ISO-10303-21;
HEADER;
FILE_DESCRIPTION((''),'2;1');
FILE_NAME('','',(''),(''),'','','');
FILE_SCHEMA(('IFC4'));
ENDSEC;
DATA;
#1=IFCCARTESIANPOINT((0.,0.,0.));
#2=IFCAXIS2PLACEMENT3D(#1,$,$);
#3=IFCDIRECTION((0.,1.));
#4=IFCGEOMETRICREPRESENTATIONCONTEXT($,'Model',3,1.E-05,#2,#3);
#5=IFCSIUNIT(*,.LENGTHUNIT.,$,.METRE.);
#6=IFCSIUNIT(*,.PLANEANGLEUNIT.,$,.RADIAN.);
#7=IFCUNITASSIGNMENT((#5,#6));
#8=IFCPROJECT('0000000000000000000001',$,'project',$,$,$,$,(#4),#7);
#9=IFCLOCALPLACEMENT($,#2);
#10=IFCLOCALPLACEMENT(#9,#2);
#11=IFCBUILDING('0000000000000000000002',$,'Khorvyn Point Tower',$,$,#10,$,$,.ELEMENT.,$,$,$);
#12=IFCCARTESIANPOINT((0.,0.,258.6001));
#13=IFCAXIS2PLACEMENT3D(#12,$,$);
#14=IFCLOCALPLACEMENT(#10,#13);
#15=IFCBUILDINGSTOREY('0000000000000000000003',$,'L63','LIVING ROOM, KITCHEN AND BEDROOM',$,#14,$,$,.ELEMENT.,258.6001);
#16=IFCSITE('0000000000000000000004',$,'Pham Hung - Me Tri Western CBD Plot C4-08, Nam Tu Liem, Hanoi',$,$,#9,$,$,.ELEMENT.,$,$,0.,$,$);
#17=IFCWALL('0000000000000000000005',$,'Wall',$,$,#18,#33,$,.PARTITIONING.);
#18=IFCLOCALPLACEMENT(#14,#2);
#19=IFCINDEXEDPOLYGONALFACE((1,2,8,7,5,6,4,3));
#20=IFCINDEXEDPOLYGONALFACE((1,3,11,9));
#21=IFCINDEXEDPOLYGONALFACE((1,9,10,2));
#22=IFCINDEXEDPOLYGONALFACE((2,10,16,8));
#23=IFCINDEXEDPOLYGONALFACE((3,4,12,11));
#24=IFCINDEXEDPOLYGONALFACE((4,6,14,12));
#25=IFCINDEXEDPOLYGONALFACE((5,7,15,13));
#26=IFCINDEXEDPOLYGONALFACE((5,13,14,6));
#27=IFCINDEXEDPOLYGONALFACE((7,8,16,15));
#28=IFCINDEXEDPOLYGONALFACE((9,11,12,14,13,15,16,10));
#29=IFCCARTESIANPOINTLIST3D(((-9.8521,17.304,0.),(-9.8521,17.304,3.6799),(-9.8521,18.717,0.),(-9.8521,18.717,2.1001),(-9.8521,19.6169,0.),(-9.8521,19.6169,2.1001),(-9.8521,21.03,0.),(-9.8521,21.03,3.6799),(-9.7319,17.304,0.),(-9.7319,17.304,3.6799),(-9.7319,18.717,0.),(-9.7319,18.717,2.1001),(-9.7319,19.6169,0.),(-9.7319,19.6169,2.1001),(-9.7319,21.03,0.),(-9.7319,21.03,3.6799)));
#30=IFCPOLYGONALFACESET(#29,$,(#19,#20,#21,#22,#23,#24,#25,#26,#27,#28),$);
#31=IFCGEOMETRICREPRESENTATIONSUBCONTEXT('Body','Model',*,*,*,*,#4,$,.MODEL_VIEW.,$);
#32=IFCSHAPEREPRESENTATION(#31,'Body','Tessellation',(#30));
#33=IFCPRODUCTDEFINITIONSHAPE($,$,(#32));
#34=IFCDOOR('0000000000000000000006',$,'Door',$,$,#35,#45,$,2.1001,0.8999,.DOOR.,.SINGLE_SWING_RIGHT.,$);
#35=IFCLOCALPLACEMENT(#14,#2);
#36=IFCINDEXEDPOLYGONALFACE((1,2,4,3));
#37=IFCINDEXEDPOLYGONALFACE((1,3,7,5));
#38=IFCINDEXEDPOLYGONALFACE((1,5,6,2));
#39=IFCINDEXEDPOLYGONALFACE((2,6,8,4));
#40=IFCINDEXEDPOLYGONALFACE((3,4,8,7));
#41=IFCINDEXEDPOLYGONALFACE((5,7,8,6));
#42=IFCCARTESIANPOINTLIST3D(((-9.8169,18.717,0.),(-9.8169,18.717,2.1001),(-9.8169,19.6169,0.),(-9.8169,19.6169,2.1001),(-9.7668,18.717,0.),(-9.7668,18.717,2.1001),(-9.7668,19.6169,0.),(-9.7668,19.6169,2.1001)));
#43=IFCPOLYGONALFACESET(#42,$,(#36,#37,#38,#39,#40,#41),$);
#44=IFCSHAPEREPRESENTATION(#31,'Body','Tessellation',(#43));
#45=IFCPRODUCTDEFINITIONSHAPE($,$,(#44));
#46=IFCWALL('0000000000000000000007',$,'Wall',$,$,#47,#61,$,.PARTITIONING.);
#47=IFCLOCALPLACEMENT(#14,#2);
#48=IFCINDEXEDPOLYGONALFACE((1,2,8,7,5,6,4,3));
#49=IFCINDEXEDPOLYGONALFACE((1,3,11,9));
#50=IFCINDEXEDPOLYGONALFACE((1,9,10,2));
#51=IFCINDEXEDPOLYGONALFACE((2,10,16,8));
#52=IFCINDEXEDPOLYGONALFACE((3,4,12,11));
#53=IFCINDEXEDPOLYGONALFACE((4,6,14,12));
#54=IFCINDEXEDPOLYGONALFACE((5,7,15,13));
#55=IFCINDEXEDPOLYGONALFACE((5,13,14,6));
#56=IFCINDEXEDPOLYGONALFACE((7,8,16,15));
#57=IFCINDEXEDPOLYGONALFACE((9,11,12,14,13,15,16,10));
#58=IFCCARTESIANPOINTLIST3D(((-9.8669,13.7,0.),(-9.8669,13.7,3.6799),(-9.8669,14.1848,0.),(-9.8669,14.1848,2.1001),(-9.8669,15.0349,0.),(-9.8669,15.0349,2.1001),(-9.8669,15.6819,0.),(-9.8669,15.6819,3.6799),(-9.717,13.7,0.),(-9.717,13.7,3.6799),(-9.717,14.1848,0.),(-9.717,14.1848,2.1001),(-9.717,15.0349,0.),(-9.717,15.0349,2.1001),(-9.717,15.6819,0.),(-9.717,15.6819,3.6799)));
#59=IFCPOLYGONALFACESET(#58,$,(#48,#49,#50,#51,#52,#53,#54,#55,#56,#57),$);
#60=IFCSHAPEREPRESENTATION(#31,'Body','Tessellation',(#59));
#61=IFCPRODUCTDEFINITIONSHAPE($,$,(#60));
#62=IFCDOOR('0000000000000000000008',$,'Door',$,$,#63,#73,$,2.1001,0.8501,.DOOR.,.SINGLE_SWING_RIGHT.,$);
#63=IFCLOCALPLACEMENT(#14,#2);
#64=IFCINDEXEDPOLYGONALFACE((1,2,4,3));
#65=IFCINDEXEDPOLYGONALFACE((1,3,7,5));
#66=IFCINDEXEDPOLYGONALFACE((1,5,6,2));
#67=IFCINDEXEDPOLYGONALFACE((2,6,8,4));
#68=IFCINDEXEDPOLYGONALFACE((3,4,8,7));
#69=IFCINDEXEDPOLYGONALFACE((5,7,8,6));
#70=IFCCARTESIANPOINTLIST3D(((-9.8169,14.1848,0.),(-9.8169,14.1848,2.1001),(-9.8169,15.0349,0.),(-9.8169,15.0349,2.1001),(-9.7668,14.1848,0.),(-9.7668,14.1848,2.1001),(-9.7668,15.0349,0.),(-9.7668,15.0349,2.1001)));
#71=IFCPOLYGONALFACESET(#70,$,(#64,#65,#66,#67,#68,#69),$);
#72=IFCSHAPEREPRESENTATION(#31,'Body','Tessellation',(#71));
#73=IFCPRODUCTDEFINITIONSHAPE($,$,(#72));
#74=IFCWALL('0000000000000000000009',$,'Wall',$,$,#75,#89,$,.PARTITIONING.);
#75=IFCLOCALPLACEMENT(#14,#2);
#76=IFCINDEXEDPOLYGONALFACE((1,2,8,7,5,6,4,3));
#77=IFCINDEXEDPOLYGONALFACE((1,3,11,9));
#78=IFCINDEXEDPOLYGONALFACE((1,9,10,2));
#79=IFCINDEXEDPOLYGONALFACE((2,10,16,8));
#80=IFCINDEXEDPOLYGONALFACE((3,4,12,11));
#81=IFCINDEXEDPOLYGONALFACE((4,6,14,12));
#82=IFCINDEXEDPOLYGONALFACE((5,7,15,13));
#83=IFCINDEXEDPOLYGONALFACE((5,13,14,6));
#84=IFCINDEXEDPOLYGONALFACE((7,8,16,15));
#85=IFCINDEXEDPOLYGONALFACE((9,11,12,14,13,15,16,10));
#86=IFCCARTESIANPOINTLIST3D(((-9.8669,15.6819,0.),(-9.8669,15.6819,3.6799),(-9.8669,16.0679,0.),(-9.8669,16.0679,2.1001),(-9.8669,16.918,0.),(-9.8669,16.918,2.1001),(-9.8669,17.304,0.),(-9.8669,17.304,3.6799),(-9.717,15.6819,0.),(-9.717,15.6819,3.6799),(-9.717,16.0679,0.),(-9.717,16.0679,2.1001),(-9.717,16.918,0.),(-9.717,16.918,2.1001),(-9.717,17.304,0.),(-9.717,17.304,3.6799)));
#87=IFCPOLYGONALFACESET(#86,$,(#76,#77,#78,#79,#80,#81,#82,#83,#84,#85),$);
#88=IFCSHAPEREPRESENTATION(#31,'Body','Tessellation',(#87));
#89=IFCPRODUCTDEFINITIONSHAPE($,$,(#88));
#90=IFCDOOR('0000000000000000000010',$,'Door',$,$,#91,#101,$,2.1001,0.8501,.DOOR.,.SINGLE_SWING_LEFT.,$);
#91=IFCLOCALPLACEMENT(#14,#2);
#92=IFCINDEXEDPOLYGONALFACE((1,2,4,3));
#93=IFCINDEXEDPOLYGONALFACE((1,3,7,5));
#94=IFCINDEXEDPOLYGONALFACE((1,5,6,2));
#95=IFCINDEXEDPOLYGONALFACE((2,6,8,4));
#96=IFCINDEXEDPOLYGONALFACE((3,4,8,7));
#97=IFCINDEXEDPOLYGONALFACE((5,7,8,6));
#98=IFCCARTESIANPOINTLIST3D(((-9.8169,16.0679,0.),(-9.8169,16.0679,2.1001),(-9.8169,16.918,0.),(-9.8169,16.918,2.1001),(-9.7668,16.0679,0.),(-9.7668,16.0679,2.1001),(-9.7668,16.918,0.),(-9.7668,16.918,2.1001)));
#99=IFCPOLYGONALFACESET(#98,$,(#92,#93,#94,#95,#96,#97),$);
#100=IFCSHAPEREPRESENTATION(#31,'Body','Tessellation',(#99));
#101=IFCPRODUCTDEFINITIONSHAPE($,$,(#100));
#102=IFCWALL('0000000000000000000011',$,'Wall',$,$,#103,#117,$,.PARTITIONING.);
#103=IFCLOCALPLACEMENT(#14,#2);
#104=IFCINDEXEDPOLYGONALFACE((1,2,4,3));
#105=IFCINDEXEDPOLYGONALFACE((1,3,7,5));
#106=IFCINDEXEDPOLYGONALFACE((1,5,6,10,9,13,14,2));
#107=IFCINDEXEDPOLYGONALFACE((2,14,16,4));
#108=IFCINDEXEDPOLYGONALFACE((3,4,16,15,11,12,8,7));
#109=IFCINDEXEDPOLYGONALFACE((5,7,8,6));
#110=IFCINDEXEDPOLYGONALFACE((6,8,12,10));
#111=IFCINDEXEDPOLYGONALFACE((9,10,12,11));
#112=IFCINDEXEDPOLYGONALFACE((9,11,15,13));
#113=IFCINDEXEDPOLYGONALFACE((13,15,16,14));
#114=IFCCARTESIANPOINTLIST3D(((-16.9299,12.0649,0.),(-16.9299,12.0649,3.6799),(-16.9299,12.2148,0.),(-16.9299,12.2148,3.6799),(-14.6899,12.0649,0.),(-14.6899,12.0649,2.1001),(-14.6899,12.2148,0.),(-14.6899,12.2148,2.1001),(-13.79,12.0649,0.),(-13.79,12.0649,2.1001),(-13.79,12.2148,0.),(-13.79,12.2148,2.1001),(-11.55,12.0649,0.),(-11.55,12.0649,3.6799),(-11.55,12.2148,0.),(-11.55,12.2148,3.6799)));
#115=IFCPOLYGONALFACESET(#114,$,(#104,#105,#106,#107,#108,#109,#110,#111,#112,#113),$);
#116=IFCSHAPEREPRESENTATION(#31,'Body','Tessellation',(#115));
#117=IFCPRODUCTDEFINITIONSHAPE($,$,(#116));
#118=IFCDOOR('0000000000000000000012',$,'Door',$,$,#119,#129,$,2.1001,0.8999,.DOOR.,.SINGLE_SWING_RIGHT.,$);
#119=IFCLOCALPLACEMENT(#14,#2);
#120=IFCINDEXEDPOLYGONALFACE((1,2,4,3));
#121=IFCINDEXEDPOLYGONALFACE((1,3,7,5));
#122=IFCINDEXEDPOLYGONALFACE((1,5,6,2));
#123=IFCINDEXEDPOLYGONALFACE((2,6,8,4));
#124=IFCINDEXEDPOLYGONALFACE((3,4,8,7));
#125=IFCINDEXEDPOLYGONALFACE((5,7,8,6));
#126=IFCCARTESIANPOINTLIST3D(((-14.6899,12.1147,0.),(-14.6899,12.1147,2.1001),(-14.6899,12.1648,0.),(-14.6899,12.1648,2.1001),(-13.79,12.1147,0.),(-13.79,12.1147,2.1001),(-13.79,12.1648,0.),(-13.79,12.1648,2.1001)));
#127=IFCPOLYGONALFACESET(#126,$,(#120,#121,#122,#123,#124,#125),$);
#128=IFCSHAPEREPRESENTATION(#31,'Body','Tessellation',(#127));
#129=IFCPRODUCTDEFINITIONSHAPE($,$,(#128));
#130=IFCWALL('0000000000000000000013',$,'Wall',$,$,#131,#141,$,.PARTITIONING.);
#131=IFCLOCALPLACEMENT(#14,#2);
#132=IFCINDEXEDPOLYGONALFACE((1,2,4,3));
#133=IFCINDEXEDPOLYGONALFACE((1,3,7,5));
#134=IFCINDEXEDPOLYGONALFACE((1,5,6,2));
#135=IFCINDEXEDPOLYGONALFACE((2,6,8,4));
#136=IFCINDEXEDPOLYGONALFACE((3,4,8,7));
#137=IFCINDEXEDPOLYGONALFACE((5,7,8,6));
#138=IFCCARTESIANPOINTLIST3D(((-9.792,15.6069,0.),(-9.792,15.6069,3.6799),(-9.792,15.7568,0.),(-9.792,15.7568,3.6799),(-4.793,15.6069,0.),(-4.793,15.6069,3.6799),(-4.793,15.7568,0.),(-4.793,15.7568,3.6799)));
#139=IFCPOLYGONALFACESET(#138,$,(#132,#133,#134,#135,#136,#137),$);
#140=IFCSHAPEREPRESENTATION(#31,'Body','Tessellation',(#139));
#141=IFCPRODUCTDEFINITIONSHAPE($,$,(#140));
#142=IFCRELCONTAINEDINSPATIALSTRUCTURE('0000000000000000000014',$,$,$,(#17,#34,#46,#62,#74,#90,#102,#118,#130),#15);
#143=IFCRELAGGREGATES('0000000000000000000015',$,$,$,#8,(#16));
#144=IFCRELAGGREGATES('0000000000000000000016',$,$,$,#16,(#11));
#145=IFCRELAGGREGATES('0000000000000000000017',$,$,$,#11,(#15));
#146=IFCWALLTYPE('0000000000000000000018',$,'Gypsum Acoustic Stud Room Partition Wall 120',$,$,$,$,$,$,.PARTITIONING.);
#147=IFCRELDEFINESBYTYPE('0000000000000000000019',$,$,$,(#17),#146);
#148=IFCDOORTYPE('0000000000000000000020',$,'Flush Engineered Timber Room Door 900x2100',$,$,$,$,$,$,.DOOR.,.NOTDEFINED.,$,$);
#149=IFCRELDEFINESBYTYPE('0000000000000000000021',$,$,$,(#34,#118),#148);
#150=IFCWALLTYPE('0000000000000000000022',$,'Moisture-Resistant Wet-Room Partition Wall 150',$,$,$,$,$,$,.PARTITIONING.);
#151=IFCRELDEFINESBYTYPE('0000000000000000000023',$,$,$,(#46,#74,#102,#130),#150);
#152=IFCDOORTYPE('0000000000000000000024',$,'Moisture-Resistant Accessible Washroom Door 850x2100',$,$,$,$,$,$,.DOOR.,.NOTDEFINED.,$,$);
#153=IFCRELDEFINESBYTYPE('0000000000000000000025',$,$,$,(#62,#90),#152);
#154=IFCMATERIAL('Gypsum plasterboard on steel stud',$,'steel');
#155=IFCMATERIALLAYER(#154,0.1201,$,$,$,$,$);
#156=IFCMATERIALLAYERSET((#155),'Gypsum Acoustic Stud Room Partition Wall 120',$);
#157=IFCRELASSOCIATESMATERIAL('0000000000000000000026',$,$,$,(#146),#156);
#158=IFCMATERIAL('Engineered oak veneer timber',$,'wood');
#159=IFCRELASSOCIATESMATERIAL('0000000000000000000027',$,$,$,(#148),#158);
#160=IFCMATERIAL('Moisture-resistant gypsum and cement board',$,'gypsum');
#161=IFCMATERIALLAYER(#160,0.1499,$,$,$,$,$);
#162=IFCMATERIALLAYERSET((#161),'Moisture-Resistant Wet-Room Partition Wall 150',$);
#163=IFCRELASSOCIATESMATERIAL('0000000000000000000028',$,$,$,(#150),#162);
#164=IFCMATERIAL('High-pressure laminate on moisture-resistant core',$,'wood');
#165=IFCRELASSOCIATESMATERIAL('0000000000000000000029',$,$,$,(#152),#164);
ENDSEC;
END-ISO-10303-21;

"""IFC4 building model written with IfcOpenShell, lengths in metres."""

from ifc_helpers import new_model, si_unit, direction, frame, frame_2d, origin, place, context, subcontext, project, spatial, rectangle, extrude, material, layer, layer_set, type_object, element, fill, save


model = new_model("IFC4")

# Units and contexts
model_context = context("Model", 3, precision=1e-05, world=origin(), true_north=direction((0.0, 1.0)))
body_context = subcontext(model_context, "Body", "Model", "MODEL_VIEW")
ifc_project = project(units=[si_unit("LENGTHUNIT", "METRE"), si_unit("PLANEANGLEUNIT", "RADIAN")], contexts=[model_context])

# Site, building, storey
site_placement = place(None, origin())
site = spatial("IfcSite", under=ifc_project, at=site_placement, Name="Pham Hung - Me Tri Western CBD Plot C4-08, Nam Tu Liem, Hanoi", CompositionType="ELEMENT", RefElevation=0.0)
building_placement = place(site_placement, origin())
building = spatial("IfcBuilding", under=site, at=building_placement, Name="Khorvyn Point Tower", CompositionType="ELEMENT")
storey_placement = place(building_placement, frame((0.0, 0.0, 258.6001)))
storey = spatial("IfcBuildingStorey", under=building, at=storey_placement, Name="L63", Description="LIVING ROOM, KITCHEN AND BEDROOM", CompositionType="ELEMENT", Elevation=258.6001)

# Walls, openings, doors
ifc_material_1 = material(Name="Gypsum plasterboard on steel stud", Category="steel")
ifc_layer_1 = layer(ifc_material_1, 0.1201)
ifc_layer_set_1 = layer_set([ifc_layer_1], Name="Gypsum Acoustic Stud Room Partition Wall 120")
wall_type_1 = type_object("IfcWallType", Name="Gypsum Acoustic Stud Room Partition Wall 120", PredefinedType="PARTITIONING", material=ifc_layer_set_1)
wall_1_placement = place(storey_placement, frame((-9.792, 17.304, 0.0), z_axis=(0.0, 0.0, 1.0), x_axis=(0.0, 1.0, 0.0)))
wall_1 = element("IfcWall", 1, at=wall_1_placement, inside=storey, type_object=wall_type_1, Name="Wall", PredefinedType="PARTITIONING", context=body_context, shape_type="SweptSolid", body=[
    extrude(rectangle(XDim=3.7261, YDim=0.1201, at=frame_2d((1.863, 0.0))), origin(), (0.0, 0.0, 1.0), 3.6799),
])
opening_1_placement = place(wall_1_placement, frame((1.4131, 0.0, 0.0)))
opening_1 = element("IfcOpeningElement", 2, at=opening_1_placement, cuts=wall_1, PredefinedType="OPENING", context=body_context, shape_type="SweptSolid", body=[
    extrude(rectangle(XDim=0.8999, YDim=2.1001, at=frame_2d((0.45, 1.05))), frame((0.0, 0.0701, 0.0), z_axis=(0.0, -1.0, 0.0), x_axis=(1.0, 0.0, 0.0)), (0.0, 0.0, 1.0), 0.1401),
])
ifc_material_2 = material(Name="Engineered oak veneer timber", Category="wood")
door_type_1 = type_object("IfcDoorType", Name="Flush Engineered Timber Room Door 900x2100", OperationType="NOTDEFINED", PredefinedType="DOOR", material=ifc_material_2)
door_1_placement = place(opening_1_placement, origin())
door_1 = element("IfcDoor", 3, at=door_1_placement, inside=storey, type_object=door_type_1, Name="Door", OperationType="SINGLE_SWING_RIGHT", OverallHeight=2.1001, OverallWidth=0.8999, PredefinedType="DOOR", context=body_context, shape_type="SweptSolid", body=[
    extrude(rectangle(XDim=0.8999, YDim=2.1001, at=frame_2d((0.45, 1.05))), frame((0.0, 0.0249, 0.0), z_axis=(0.0, -1.0, 0.0), x_axis=(1.0, 0.0, 0.0)), (0.0, 0.0, 1.0), 0.05),
])
fill(opening_1, door_1)
ifc_material_3 = material(Name="Moisture-resistant gypsum and cement board", Category="gypsum")
ifc_layer_2 = layer(ifc_material_3, 0.1499)
ifc_layer_set_2 = layer_set([ifc_layer_2], Name="Moisture-Resistant Wet-Room Partition Wall 150")
wall_type_2 = type_object("IfcWallType", Name="Moisture-Resistant Wet-Room Partition Wall 150", PredefinedType="PARTITIONING", material=ifc_layer_set_2)
wall_2_placement = place(storey_placement, frame((-9.792, 13.7, 0.0), z_axis=(0.0, 0.0, 1.0), x_axis=(0.0, 1.0, 0.0)))
wall_2 = element("IfcWall", 4, at=wall_2_placement, inside=storey, type_object=wall_type_2, Name="Wall", PredefinedType="PARTITIONING", context=body_context, shape_type="SweptSolid", body=[
    extrude(rectangle(XDim=1.9819, YDim=0.1499, at=frame_2d((0.991, 0.0))), origin(), (0.0, 0.0, 1.0), 3.6799),
])
opening_2_placement = place(wall_2_placement, frame((0.4849, 0.0, 0.0)))
opening_2 = element("IfcOpeningElement", 5, at=opening_2_placement, cuts=wall_2, PredefinedType="OPENING", context=body_context, shape_type="SweptSolid", body=[
    extrude(rectangle(XDim=0.8501, YDim=2.1001, at=frame_2d((0.425, 1.05))), frame((0.0, 0.085, 0.0), z_axis=(0.0, -1.0, 0.0), x_axis=(1.0, 0.0, 0.0)), (0.0, 0.0, 1.0), 0.1699),
])
ifc_material_4 = material(Name="High-pressure laminate on moisture-resistant core", Category="wood")
door_type_2 = type_object("IfcDoorType", Name="Moisture-Resistant Accessible Washroom Door 850x2100", OperationType="NOTDEFINED", PredefinedType="DOOR", material=ifc_material_4)
door_2_placement = place(opening_2_placement, origin())
door_2 = element("IfcDoor", 6, at=door_2_placement, inside=storey, type_object=door_type_2, Name="Door", OperationType="SINGLE_SWING_RIGHT", OverallHeight=2.1001, OverallWidth=0.8501, PredefinedType="DOOR", context=body_context, shape_type="SweptSolid", body=[
    extrude(rectangle(XDim=0.8501, YDim=2.1001, at=frame_2d((0.425, 1.05))), frame((0.0, 0.0249, 0.0), z_axis=(0.0, -1.0, 0.0), x_axis=(1.0, 0.0, 0.0)), (0.0, 0.0, 1.0), 0.05),
])
fill(opening_2, door_2)
wall_3_placement = place(storey_placement, frame((-9.792, 15.6819, 0.0), z_axis=(0.0, 0.0, 1.0), x_axis=(0.0, 1.0, 0.0)))
wall_3 = element("IfcWall", 7, at=wall_3_placement, inside=storey, type_object=wall_type_2, Name="Wall", PredefinedType="PARTITIONING", context=body_context, shape_type="SweptSolid", body=[
    extrude(rectangle(XDim=1.6221, YDim=0.1499, at=frame_2d((0.811, 0.0))), origin(), (0.0, 0.0, 1.0), 3.6799),
])
opening_3_placement = place(wall_3_placement, frame((0.386, 0.0, 0.0)))
opening_3 = element("IfcOpeningElement", 8, at=opening_3_placement, cuts=wall_3, PredefinedType="OPENING", context=body_context, shape_type="SweptSolid", body=[
    extrude(rectangle(XDim=0.8501, YDim=2.1001, at=frame_2d((0.425, 1.05))), frame((0.0, 0.085, 0.0), z_axis=(0.0, -1.0, 0.0), x_axis=(1.0, 0.0, 0.0)), (0.0, 0.0, 1.0), 0.1699),
])
door_3_placement = place(opening_3_placement, origin())
door_3 = element("IfcDoor", 9, at=door_3_placement, inside=storey, type_object=door_type_2, Name="Door", OperationType="SINGLE_SWING_LEFT", OverallHeight=2.1001, OverallWidth=0.8501, PredefinedType="DOOR", context=body_context, shape_type="SweptSolid", body=[
    extrude(rectangle(XDim=0.8501, YDim=2.1001, at=frame_2d((0.425, 1.05))), frame((0.0, 0.0249, 0.0), z_axis=(0.0, -1.0, 0.0), x_axis=(1.0, 0.0, 0.0)), (0.0, 0.0, 1.0), 0.05),
])
fill(opening_3, door_3)
wall_4_placement = place(storey_placement, frame((-16.9299, 12.1399, 0.0), z_axis=(0.0, 0.0, 1.0), x_axis=(1.0, 0.0, 0.0)))
wall_4 = element("IfcWall", 10, at=wall_4_placement, inside=storey, type_object=wall_type_2, Name="Wall", PredefinedType="PARTITIONING", context=body_context, shape_type="SweptSolid", body=[
    extrude(rectangle(XDim=5.3799, YDim=0.1499, at=frame_2d((2.6899, 0.0))), origin(), (0.0, 0.0, 1.0), 3.6799),
])
opening_4_placement = place(wall_4_placement, frame((2.24, 0.0, 0.0)))
opening_4 = element("IfcOpeningElement", 11, at=opening_4_placement, cuts=wall_4, PredefinedType="OPENING", context=body_context, shape_type="SweptSolid", body=[
    extrude(rectangle(XDim=0.8999, YDim=2.1001, at=frame_2d((0.45, 1.05))), frame((0.0, 0.085, 0.0), z_axis=(0.0, -1.0, 0.0), x_axis=(1.0, 0.0, 0.0)), (0.0, 0.0, 1.0), 0.1699),
])
door_4_placement = place(opening_4_placement, origin())
door_4 = element("IfcDoor", 12, at=door_4_placement, inside=storey, type_object=door_type_1, Name="Door", OperationType="SINGLE_SWING_RIGHT", OverallHeight=2.1001, OverallWidth=0.8999, PredefinedType="DOOR", context=body_context, shape_type="SweptSolid", body=[
    extrude(rectangle(XDim=0.8999, YDim=2.1001, at=frame_2d((0.45, 1.05))), frame((0.0, 0.0249, 0.0), z_axis=(0.0, -1.0, 0.0), x_axis=(1.0, 0.0, 0.0)), (0.0, 0.0, 1.0), 0.05),
])
fill(opening_4, door_4)

# Wall
wall_5_placement = place(storey_placement, frame((-9.792, 15.6819, 0.0), z_axis=(0.0, 0.0, 1.0), x_axis=(1.0, 0.0, 0.0)))
element("IfcWall", 13, at=wall_5_placement, inside=storey, type_object=wall_type_2, Name="Wall", PredefinedType="PARTITIONING", context=body_context, shape_type="SweptSolid", body=[
    extrude(rectangle(XDim=4.999, YDim=0.1499, at=frame_2d((2.4995, 0.0))), origin(), (0.0, 0.0, 1.0), 3.6799),
])

save(model, "model.ifc")
